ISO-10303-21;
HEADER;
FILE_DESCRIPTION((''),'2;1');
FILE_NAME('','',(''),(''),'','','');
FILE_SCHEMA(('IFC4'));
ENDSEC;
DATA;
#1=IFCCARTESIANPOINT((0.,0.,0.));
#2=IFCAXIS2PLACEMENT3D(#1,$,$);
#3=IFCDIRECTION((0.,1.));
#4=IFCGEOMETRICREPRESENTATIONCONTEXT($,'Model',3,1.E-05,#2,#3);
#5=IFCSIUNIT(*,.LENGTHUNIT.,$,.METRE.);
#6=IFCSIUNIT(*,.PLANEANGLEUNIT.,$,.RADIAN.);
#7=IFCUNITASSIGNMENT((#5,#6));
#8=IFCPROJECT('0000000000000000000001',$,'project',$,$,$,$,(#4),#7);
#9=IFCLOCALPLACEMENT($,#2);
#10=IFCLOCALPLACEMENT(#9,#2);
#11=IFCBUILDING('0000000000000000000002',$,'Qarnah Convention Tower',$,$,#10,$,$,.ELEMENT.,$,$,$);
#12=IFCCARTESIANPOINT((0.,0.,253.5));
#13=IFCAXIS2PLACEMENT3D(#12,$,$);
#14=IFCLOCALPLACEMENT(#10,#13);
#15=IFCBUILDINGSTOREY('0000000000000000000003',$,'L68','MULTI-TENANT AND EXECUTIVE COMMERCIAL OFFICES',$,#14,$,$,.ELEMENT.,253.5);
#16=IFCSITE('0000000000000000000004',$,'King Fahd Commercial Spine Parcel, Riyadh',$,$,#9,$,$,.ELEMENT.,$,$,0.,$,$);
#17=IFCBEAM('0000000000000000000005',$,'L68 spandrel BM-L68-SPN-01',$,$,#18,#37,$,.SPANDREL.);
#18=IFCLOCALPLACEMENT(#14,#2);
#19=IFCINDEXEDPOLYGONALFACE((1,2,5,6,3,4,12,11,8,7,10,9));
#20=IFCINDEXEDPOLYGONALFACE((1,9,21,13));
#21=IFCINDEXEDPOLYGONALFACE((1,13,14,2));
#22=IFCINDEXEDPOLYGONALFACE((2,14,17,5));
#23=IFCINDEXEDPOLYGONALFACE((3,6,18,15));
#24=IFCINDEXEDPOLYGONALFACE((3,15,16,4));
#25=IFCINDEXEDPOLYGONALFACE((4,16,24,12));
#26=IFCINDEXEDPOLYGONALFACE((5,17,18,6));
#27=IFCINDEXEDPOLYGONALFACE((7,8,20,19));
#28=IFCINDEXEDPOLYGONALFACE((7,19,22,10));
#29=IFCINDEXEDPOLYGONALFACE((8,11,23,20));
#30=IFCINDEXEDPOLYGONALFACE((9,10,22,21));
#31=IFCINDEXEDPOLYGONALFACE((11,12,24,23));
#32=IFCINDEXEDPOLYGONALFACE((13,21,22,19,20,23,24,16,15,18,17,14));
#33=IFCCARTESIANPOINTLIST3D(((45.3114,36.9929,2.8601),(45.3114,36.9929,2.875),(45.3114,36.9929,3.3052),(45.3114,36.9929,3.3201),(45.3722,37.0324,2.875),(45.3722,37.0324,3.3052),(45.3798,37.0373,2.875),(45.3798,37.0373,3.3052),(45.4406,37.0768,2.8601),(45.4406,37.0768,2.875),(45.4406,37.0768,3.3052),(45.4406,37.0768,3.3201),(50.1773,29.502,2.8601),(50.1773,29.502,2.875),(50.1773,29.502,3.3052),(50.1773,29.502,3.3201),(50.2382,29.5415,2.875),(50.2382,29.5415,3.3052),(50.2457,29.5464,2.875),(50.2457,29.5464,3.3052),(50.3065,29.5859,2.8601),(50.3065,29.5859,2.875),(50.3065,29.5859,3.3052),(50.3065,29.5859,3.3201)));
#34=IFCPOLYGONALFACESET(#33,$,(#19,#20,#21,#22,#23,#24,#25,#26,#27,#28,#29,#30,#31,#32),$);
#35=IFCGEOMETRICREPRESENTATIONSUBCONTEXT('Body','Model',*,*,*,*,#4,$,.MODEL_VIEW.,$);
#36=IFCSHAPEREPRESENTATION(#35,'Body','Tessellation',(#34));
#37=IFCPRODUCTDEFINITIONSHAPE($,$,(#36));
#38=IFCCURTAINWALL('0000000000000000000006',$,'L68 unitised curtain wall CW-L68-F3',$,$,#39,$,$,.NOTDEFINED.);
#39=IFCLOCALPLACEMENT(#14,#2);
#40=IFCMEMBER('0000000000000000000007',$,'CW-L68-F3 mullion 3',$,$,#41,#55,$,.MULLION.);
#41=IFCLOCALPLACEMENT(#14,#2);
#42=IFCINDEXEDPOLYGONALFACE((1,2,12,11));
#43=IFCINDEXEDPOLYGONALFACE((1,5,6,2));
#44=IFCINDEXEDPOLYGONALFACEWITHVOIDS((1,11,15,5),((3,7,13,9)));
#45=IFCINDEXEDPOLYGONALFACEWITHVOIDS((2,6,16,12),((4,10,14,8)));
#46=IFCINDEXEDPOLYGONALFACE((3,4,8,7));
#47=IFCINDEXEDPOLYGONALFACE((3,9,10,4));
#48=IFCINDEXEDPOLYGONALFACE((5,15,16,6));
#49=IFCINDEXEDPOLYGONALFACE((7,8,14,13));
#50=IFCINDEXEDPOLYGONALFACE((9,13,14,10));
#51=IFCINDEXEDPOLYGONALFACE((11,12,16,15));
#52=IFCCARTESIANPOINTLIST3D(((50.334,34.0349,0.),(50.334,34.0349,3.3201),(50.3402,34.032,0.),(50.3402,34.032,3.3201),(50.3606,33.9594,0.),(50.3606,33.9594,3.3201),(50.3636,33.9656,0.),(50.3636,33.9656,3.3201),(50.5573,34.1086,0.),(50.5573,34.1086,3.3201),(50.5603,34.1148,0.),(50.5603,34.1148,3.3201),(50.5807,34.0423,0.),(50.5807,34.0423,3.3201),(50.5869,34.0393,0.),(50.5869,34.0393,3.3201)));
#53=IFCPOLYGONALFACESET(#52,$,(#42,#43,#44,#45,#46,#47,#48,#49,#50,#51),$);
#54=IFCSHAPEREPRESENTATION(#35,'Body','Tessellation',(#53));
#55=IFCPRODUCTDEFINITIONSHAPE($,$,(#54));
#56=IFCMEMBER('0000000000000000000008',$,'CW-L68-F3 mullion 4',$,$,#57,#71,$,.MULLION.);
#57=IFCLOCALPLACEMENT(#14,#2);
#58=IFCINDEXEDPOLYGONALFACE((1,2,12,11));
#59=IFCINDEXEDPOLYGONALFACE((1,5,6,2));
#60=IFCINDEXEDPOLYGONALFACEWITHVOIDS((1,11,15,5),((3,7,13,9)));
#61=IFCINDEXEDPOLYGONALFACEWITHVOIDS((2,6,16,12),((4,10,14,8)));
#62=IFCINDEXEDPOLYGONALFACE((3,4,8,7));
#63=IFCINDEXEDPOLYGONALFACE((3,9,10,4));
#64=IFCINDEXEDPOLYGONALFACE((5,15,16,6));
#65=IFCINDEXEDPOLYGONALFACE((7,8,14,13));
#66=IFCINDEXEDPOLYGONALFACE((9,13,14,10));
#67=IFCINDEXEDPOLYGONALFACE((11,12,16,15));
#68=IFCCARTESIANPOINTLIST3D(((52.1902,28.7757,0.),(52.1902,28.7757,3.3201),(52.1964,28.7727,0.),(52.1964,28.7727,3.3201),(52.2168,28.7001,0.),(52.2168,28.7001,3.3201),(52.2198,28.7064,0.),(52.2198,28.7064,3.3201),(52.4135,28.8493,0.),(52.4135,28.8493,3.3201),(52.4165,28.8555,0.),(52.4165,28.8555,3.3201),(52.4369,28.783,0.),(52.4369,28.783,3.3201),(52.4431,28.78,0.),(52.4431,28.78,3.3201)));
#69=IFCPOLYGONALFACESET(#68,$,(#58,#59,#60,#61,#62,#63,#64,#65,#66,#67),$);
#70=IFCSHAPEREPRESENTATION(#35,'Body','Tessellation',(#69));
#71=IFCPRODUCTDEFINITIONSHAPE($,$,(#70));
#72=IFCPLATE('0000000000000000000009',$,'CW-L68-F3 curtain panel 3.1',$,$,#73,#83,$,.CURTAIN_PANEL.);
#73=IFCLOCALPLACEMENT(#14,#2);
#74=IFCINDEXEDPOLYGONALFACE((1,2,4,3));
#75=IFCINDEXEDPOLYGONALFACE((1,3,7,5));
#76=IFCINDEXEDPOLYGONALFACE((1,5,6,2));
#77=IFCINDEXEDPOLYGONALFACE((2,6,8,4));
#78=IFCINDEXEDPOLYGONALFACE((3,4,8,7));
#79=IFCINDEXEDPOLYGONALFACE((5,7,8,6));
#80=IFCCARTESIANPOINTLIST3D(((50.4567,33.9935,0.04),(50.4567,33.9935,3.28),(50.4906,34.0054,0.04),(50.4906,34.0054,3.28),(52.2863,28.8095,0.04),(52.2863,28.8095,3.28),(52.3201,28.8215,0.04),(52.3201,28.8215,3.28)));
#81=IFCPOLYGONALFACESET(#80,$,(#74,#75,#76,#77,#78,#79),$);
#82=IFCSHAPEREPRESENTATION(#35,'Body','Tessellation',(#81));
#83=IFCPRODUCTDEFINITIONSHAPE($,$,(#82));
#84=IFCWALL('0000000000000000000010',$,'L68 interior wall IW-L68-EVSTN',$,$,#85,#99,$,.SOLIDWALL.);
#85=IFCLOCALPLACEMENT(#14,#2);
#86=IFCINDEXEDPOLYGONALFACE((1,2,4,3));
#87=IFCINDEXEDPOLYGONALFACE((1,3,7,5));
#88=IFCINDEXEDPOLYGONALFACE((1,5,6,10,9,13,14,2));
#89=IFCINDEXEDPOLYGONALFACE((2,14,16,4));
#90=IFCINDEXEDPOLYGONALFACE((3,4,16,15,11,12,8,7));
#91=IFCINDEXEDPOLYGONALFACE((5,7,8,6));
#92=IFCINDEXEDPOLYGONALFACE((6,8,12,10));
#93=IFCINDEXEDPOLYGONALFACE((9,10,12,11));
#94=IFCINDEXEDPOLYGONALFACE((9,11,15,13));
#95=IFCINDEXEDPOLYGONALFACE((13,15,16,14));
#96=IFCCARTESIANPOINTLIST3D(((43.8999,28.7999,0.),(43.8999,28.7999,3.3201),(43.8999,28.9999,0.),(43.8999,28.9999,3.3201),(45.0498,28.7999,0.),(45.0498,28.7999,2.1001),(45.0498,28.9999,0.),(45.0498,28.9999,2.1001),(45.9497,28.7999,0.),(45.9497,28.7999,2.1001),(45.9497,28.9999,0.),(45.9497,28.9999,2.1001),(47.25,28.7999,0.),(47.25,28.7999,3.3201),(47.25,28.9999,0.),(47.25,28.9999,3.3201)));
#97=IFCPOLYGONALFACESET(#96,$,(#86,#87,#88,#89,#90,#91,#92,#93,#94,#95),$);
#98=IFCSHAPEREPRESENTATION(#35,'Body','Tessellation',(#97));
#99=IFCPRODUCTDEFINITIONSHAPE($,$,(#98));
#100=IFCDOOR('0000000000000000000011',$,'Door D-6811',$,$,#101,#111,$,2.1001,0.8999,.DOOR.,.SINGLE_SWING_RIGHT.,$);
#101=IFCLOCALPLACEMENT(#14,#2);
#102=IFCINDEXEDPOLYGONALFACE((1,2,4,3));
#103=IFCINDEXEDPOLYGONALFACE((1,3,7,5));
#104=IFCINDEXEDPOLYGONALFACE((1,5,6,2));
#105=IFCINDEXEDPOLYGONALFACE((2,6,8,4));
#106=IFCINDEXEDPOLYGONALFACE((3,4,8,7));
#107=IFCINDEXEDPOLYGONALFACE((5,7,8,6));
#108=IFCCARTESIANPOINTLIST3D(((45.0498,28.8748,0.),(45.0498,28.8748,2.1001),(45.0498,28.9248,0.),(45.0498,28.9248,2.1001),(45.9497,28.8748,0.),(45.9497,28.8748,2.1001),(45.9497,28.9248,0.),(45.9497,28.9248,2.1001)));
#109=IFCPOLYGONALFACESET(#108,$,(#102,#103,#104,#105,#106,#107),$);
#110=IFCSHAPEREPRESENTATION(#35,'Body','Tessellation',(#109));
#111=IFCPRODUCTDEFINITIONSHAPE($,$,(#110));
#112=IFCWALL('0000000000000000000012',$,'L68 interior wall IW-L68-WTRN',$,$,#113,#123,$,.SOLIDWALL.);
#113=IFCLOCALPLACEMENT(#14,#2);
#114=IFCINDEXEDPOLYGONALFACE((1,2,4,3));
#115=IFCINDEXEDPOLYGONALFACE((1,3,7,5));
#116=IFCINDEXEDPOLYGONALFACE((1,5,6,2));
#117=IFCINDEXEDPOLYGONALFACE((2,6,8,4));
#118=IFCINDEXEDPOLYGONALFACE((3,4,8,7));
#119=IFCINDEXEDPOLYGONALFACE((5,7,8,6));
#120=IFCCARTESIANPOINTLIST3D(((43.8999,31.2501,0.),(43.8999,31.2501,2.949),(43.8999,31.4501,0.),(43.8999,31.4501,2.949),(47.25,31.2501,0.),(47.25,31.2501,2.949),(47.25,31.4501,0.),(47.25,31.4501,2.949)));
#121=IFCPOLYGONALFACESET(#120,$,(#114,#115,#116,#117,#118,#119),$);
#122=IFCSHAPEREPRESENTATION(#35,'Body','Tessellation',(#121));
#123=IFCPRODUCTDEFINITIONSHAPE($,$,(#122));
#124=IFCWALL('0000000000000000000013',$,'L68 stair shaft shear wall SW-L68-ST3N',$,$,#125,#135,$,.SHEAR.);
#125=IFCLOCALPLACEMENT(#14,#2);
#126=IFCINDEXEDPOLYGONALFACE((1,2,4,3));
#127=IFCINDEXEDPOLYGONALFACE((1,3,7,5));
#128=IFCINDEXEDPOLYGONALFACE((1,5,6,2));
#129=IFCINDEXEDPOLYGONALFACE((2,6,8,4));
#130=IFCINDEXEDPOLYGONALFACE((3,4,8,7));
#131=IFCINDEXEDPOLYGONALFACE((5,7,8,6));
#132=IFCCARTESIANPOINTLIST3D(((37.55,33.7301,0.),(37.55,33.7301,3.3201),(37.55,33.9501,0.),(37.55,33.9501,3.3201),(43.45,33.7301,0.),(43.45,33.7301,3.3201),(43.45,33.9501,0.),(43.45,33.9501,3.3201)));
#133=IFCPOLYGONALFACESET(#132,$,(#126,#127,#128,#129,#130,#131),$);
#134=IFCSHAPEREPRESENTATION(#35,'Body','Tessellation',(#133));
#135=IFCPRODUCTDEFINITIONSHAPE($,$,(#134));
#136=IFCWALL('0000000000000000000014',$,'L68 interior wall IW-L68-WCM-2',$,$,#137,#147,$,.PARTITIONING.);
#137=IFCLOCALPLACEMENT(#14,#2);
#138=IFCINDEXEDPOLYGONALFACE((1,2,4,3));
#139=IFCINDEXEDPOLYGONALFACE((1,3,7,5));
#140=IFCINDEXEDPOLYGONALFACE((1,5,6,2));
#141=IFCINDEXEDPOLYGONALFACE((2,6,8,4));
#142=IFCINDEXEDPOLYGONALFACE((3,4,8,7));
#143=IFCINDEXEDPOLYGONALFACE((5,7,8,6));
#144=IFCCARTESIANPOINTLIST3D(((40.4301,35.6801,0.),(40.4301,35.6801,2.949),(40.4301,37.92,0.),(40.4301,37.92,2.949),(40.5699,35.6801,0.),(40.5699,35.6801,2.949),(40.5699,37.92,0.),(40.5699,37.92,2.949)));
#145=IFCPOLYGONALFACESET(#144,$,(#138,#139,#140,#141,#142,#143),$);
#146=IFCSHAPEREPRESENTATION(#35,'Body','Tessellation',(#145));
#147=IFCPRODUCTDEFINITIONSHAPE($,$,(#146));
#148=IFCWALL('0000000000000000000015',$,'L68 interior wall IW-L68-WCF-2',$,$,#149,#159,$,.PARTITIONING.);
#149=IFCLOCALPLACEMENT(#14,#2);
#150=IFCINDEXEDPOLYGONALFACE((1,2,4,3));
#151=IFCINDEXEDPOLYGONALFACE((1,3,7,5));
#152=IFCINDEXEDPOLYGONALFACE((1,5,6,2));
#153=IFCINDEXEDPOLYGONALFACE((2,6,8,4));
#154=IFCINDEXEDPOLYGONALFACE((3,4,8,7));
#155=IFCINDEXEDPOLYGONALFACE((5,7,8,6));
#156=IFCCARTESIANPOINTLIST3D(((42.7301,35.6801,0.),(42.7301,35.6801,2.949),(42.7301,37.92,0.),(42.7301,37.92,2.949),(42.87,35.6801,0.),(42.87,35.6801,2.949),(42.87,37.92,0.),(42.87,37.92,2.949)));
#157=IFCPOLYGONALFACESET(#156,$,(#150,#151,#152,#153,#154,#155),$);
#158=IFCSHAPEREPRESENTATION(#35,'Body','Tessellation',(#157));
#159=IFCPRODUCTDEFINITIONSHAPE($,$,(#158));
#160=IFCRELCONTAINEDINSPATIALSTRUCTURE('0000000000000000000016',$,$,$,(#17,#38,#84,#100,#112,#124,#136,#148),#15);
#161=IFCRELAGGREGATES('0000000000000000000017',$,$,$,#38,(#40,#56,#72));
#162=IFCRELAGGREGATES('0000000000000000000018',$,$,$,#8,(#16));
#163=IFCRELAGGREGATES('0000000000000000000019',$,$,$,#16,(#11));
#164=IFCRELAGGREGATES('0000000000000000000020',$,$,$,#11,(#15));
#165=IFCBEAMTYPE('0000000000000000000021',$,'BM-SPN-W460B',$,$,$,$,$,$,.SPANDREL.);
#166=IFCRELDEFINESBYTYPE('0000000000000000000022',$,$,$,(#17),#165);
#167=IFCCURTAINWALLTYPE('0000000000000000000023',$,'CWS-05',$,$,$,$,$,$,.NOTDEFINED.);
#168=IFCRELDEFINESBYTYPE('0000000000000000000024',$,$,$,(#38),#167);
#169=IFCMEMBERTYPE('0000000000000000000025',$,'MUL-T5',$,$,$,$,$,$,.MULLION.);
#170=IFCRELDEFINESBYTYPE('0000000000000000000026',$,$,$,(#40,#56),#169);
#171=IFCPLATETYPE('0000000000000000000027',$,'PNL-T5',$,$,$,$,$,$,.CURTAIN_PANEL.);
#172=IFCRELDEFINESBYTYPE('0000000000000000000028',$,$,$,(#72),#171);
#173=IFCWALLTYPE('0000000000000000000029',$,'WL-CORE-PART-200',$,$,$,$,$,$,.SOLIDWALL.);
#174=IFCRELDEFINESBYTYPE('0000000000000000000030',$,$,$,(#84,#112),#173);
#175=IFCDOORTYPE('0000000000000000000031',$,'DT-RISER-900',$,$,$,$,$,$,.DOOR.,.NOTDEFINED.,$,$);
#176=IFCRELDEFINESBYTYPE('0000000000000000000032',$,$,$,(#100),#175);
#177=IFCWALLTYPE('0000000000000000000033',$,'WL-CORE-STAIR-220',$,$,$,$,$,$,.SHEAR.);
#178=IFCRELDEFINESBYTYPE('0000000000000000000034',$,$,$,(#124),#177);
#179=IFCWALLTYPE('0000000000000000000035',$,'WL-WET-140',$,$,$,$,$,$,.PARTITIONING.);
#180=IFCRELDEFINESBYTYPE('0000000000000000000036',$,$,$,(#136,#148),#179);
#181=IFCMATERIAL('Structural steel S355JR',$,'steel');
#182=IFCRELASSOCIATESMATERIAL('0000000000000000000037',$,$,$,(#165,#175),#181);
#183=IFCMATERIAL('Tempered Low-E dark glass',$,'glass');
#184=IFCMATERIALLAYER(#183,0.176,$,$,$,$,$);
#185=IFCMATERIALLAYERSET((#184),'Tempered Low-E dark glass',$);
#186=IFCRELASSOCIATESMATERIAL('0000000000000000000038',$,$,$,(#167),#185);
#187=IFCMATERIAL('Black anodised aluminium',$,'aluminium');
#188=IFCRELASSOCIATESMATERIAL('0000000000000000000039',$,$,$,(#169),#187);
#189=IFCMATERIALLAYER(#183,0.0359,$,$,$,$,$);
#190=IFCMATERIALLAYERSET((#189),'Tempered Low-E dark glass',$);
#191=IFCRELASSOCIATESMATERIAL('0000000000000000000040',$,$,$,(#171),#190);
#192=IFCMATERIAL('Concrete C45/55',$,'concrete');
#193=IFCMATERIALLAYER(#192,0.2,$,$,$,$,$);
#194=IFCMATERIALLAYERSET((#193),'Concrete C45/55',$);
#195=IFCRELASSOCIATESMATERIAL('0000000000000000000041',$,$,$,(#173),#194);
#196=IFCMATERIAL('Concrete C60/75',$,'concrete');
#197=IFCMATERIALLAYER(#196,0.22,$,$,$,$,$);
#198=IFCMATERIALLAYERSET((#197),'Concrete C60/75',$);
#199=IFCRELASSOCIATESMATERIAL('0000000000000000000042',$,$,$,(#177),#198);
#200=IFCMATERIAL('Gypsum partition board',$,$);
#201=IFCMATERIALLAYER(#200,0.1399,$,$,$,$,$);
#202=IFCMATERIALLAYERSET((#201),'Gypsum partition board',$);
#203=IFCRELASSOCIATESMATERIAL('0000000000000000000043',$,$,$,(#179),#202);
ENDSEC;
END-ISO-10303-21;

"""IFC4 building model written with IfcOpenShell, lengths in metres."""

from ifc_helpers import new_model, si_unit, direction, frame, frame_2d, origin, origin_2d, place, context, subcontext, project, spatial, rectangle, hollow_rectangle, i_section, extrude, material, layer, layer_set, material_profile, profile_set, type_object, element, fill, aggregate, save


model = new_model("IFC4")

# Units and contexts
model_context = context("Model", 3, precision=1e-05, world=origin(), true_north=direction((0.0, 1.0)))
body_context = subcontext(model_context, "Body", "Model", "MODEL_VIEW")
ifc_project = project(units=[si_unit("LENGTHUNIT", "METRE"), si_unit("PLANEANGLEUNIT", "RADIAN")], contexts=[model_context])

# Site, building, storey
site_placement = place(None, origin())
site = spatial("IfcSite", under=ifc_project, at=site_placement, Name="King Fahd Commercial Spine Parcel, Riyadh", CompositionType="ELEMENT", RefElevation=0.0)
building_placement = place(site_placement, origin())
building = spatial("IfcBuilding", under=site, at=building_placement, Name="Qarnah Convention Tower", CompositionType="ELEMENT")
storey_placement = place(building_placement, frame((0.0, 0.0, 253.5)))
storey = spatial("IfcBuildingStorey", under=building, at=storey_placement, Name="L68", Description="MULTI-TENANT AND EXECUTIVE COMMERCIAL OFFICES", CompositionType="ELEMENT", Elevation=253.5)

# Beam
ifc_material_1 = material(Name="Structural steel S355JR", Category="steel")
ifc_material_profile_1 = material_profile(ifc_material_1, i_section(OverallWidth=0.1541, OverallDepth=0.46, WebThickness=0.009, FlangeThickness=0.0149, at=origin_2d()), Name="W460X68")
ifc_profile_set_1 = profile_set([ifc_material_profile_1], Name="Structural steel S355JR")
beam_type_1 = type_object("IfcBeamType", Name="BM-SPN-W460B", PredefinedType="SPANDREL", material=ifc_profile_set_1)
beam_1_placement = place(storey_placement, frame((50.2419, 29.5439, 3.0901), z_axis=(-0.54474, 0.838605, 0.0), x_axis=(-0.838605, -0.54474, 0.0)))
element("IfcBeam", 1, at=beam_1_placement, inside=storey, type_object=beam_type_1, Name="L68 spandrel BM-L68-SPN-01", PredefinedType="SPANDREL", context=body_context, shape_type="SweptSolid", body=[
    extrude(i_section(OverallWidth=0.1541, OverallDepth=0.46, WebThickness=0.009, FlangeThickness=0.0149, at=origin_2d()), origin(), (0.0, 0.0, 1.0), 8.9326),
])

# Curtain wall, members, plate
ifc_material_2 = material(Name="Tempered Low-E dark glass", Category="glass")
ifc_layer_1 = layer(ifc_material_2, 0.176)
ifc_layer_set_1 = layer_set([ifc_layer_1], Name="Tempered Low-E dark glass")
curtain_wall_type = type_object("IfcCurtainWallType", Name="CWS-05", PredefinedType="NOTDEFINED", material=ifc_layer_set_1)
curtain_wall_placement = place(storey_placement, origin())
curtain_wall = element("IfcCurtainWall", 2, at=curtain_wall_placement, inside=storey, type_object=curtain_wall_type, Name="L68 unitised curtain wall CW-L68-F3", PredefinedType="NOTDEFINED")
ifc_material_3 = material(Name="Black anodised aluminium", Category="aluminium")
ifc_material_profile_2 = material_profile(ifc_material_3, hollow_rectangle(XDim=0.0801, YDim=0.24, WallThickness=0.0049, at=origin_2d()), Name="MUL-80X240")
ifc_profile_set_2 = profile_set([ifc_material_profile_2], Name="Black anodised aluminium")
member_type = type_object("IfcMemberType", Name="MUL-T5", PredefinedType="MULLION", material=ifc_profile_set_2)
member_1_placement = place(storey_placement, frame((50.4604, 34.0371, 0.0), z_axis=(0.0, 0.0, 1.0), x_axis=(0.332811, -0.942994, 0.0)))
member_1 = element("IfcMember", 3, at=member_1_placement, type_object=member_type, Name="CW-L68-F3 mullion 3", PredefinedType="MULLION", context=body_context, shape_type="SweptSolid", body=[
    extrude(hollow_rectangle(XDim=0.0801, YDim=0.24, WallThickness=0.0049, at=origin_2d()), origin(), (0.0, 0.0, 1.0), 3.3201),
])
member_2_placement = place(storey_placement, frame((52.3167, 28.7778, 0.0), z_axis=(0.0, 0.0, 1.0), x_axis=(0.332811, -0.942994, 0.0)))
member_2 = element("IfcMember", 4, at=member_2_placement, type_object=member_type, Name="CW-L68-F3 mullion 4", PredefinedType="MULLION", context=body_context, shape_type="SweptSolid", body=[
    extrude(hollow_rectangle(XDim=0.0801, YDim=0.24, WallThickness=0.0049, at=origin_2d()), origin(), (0.0, 0.0, 1.0), 3.3201),
])
ifc_layer_2 = layer(ifc_material_2, 0.0359)
ifc_layer_set_2 = layer_set([ifc_layer_2], Name="Tempered Low-E dark glass")
plate_type = type_object("IfcPlateType", Name="PNL-T5", PredefinedType="CURTAIN_PANEL", material=ifc_layer_set_2)
plate_placement = place(storey_placement, frame((51.3884, 31.4075, 0.04), z_axis=(0.0, 0.0, 1.0), x_axis=(0.332811, -0.942994, 0.0)))
plate = element("IfcPlate", 5, at=plate_placement, type_object=plate_type, Name="CW-L68-F3 curtain panel 3.1", PredefinedType="CURTAIN_PANEL", context=body_context, shape_type="SweptSolid", body=[
    extrude(rectangle(XDim=5.4973, YDim=0.0359, at=origin_2d()), origin(), (0.0, 0.0, 1.0), 3.24),
])
aggregate(curtain_wall, [member_1, member_2, plate])

# Wall, opening, door
ifc_material_4 = material(Name="Concrete C45/55", Category="concrete")
ifc_layer_3 = layer(ifc_material_4, 0.2)
ifc_layer_set_3 = layer_set([ifc_layer_3], Name="Concrete C45/55")
wall_type_1 = type_object("IfcWallType", Name="WL-CORE-PART-200", PredefinedType="SOLIDWALL", material=ifc_layer_set_3)
wall_1_placement = place(storey_placement, frame((43.8999, 28.8999, 0.0), z_axis=(0.0, 0.0, 1.0), x_axis=(1.0, 0.0, 0.0)))
wall_1 = element("IfcWall", 6, at=wall_1_placement, inside=storey, type_object=wall_type_1, Name="L68 interior wall IW-L68-EVSTN", PredefinedType="SOLIDWALL", context=body_context, shape_type="SweptSolid", body=[
    extrude(rectangle(XDim=3.3501, YDim=0.2, at=frame_2d((1.675, 0.0))), origin(), (0.0, 0.0, 1.0), 3.3201),
])
opening_placement = place(wall_1_placement, frame((1.1499, 0.0, 0.0)))
opening = element("IfcOpeningElement", 7, at=opening_placement, cuts=wall_1, PredefinedType="OPENING", context=body_context, shape_type="SweptSolid", body=[
    extrude(rectangle(XDim=0.8999, YDim=2.1001, at=frame_2d((0.45, 1.05))), frame((0.0, 0.1099, 0.0), z_axis=(0.0, -1.0, 0.0), x_axis=(1.0, 0.0, 0.0)), (0.0, 0.0, 1.0), 0.22),
])
door_type = type_object("IfcDoorType", Name="DT-RISER-900", OperationType="NOTDEFINED", PredefinedType="DOOR", material=ifc_material_1)
door_placement = place(opening_placement, origin())
door = element("IfcDoor", 8, at=door_placement, inside=storey, type_object=door_type, Name="Door D-6811", OperationType="SINGLE_SWING_RIGHT", OverallHeight=2.1001, OverallWidth=0.8999, PredefinedType="DOOR", context=body_context, shape_type="SweptSolid", body=[
    extrude(rectangle(XDim=0.8999, YDim=2.1001, at=frame_2d((0.45, 1.05))), frame((0.0, 0.0249, 0.0), z_axis=(0.0, -1.0, 0.0), x_axis=(1.0, 0.0, 0.0)), (0.0, 0.0, 1.0), 0.05),
])
fill(opening, door)

# Walls
wall_2_placement = place(storey_placement, frame((43.8999, 31.3501, 0.0), z_axis=(0.0, 0.0, 1.0), x_axis=(1.0, 0.0, 0.0)))
element("IfcWall", 9, at=wall_2_placement, inside=storey, type_object=wall_type_1, Name="L68 interior wall IW-L68-WTRN", PredefinedType="SOLIDWALL", context=body_context, shape_type="SweptSolid", body=[
    extrude(rectangle(XDim=3.3501, YDim=0.2, at=frame_2d((1.675, 0.0))), origin(), (0.0, 0.0, 1.0), 2.949),
])
ifc_material_5 = material(Name="Concrete C60/75", Category="concrete")
ifc_layer_4 = layer(ifc_material_5, 0.22)
ifc_layer_set_4 = layer_set([ifc_layer_4], Name="Concrete C60/75")
wall_type_2 = type_object("IfcWallType", Name="WL-CORE-STAIR-220", PredefinedType="SHEAR", material=ifc_layer_set_4)
wall_3_placement = place(storey_placement, frame((37.55, 33.8401, 0.0), z_axis=(0.0, 0.0, 1.0), x_axis=(1.0, 0.0, 0.0)))
element("IfcWall", 10, at=wall_3_placement, inside=storey, type_object=wall_type_2, Name="L68 stair shaft shear wall SW-L68-ST3N", PredefinedType="SHEAR", context=body_context, shape_type="SweptSolid", body=[
    extrude(rectangle(XDim=5.8999, YDim=0.22, at=frame_2d((2.95, 0.0))), origin(), (0.0, 0.0, 1.0), 3.3201),
])
ifc_material_6 = material(Name="Gypsum partition board")
ifc_layer_5 = layer(ifc_material_6, 0.1399)
ifc_layer_set_5 = layer_set([ifc_layer_5], Name="Gypsum partition board")
wall_type_3 = type_object("IfcWallType", Name="WL-WET-140", PredefinedType="PARTITIONING", material=ifc_layer_set_5)
for number, where, z_axis, x_axis, name in (
    (11, (40.5, 35.6799, 0.0), (0.0, 0.0, 1.0), (0.0, 1.0, 0.0), "L68 interior wall IW-L68-WCM-2"),
    (12, (42.8, 35.6799, 0.0), (0.0, 0.0, 1.0), (0.0, 1.0, 0.0), "L68 interior wall IW-L68-WCF-2"),
):
    element("IfcWall", number, at=place(storey_placement, frame(where, z_axis=z_axis, x_axis=x_axis)), inside=storey, type_object=wall_type_3, Name=name, PredefinedType="PARTITIONING", context=body_context, shape_type="SweptSolid", body=[
        extrude(rectangle(XDim=2.24, YDim=0.1399, at=frame_2d((1.1201, 0.0))), origin(), (0.0, 0.0, 1.0), 2.949),
    ])

save(model, "model.ifc")
